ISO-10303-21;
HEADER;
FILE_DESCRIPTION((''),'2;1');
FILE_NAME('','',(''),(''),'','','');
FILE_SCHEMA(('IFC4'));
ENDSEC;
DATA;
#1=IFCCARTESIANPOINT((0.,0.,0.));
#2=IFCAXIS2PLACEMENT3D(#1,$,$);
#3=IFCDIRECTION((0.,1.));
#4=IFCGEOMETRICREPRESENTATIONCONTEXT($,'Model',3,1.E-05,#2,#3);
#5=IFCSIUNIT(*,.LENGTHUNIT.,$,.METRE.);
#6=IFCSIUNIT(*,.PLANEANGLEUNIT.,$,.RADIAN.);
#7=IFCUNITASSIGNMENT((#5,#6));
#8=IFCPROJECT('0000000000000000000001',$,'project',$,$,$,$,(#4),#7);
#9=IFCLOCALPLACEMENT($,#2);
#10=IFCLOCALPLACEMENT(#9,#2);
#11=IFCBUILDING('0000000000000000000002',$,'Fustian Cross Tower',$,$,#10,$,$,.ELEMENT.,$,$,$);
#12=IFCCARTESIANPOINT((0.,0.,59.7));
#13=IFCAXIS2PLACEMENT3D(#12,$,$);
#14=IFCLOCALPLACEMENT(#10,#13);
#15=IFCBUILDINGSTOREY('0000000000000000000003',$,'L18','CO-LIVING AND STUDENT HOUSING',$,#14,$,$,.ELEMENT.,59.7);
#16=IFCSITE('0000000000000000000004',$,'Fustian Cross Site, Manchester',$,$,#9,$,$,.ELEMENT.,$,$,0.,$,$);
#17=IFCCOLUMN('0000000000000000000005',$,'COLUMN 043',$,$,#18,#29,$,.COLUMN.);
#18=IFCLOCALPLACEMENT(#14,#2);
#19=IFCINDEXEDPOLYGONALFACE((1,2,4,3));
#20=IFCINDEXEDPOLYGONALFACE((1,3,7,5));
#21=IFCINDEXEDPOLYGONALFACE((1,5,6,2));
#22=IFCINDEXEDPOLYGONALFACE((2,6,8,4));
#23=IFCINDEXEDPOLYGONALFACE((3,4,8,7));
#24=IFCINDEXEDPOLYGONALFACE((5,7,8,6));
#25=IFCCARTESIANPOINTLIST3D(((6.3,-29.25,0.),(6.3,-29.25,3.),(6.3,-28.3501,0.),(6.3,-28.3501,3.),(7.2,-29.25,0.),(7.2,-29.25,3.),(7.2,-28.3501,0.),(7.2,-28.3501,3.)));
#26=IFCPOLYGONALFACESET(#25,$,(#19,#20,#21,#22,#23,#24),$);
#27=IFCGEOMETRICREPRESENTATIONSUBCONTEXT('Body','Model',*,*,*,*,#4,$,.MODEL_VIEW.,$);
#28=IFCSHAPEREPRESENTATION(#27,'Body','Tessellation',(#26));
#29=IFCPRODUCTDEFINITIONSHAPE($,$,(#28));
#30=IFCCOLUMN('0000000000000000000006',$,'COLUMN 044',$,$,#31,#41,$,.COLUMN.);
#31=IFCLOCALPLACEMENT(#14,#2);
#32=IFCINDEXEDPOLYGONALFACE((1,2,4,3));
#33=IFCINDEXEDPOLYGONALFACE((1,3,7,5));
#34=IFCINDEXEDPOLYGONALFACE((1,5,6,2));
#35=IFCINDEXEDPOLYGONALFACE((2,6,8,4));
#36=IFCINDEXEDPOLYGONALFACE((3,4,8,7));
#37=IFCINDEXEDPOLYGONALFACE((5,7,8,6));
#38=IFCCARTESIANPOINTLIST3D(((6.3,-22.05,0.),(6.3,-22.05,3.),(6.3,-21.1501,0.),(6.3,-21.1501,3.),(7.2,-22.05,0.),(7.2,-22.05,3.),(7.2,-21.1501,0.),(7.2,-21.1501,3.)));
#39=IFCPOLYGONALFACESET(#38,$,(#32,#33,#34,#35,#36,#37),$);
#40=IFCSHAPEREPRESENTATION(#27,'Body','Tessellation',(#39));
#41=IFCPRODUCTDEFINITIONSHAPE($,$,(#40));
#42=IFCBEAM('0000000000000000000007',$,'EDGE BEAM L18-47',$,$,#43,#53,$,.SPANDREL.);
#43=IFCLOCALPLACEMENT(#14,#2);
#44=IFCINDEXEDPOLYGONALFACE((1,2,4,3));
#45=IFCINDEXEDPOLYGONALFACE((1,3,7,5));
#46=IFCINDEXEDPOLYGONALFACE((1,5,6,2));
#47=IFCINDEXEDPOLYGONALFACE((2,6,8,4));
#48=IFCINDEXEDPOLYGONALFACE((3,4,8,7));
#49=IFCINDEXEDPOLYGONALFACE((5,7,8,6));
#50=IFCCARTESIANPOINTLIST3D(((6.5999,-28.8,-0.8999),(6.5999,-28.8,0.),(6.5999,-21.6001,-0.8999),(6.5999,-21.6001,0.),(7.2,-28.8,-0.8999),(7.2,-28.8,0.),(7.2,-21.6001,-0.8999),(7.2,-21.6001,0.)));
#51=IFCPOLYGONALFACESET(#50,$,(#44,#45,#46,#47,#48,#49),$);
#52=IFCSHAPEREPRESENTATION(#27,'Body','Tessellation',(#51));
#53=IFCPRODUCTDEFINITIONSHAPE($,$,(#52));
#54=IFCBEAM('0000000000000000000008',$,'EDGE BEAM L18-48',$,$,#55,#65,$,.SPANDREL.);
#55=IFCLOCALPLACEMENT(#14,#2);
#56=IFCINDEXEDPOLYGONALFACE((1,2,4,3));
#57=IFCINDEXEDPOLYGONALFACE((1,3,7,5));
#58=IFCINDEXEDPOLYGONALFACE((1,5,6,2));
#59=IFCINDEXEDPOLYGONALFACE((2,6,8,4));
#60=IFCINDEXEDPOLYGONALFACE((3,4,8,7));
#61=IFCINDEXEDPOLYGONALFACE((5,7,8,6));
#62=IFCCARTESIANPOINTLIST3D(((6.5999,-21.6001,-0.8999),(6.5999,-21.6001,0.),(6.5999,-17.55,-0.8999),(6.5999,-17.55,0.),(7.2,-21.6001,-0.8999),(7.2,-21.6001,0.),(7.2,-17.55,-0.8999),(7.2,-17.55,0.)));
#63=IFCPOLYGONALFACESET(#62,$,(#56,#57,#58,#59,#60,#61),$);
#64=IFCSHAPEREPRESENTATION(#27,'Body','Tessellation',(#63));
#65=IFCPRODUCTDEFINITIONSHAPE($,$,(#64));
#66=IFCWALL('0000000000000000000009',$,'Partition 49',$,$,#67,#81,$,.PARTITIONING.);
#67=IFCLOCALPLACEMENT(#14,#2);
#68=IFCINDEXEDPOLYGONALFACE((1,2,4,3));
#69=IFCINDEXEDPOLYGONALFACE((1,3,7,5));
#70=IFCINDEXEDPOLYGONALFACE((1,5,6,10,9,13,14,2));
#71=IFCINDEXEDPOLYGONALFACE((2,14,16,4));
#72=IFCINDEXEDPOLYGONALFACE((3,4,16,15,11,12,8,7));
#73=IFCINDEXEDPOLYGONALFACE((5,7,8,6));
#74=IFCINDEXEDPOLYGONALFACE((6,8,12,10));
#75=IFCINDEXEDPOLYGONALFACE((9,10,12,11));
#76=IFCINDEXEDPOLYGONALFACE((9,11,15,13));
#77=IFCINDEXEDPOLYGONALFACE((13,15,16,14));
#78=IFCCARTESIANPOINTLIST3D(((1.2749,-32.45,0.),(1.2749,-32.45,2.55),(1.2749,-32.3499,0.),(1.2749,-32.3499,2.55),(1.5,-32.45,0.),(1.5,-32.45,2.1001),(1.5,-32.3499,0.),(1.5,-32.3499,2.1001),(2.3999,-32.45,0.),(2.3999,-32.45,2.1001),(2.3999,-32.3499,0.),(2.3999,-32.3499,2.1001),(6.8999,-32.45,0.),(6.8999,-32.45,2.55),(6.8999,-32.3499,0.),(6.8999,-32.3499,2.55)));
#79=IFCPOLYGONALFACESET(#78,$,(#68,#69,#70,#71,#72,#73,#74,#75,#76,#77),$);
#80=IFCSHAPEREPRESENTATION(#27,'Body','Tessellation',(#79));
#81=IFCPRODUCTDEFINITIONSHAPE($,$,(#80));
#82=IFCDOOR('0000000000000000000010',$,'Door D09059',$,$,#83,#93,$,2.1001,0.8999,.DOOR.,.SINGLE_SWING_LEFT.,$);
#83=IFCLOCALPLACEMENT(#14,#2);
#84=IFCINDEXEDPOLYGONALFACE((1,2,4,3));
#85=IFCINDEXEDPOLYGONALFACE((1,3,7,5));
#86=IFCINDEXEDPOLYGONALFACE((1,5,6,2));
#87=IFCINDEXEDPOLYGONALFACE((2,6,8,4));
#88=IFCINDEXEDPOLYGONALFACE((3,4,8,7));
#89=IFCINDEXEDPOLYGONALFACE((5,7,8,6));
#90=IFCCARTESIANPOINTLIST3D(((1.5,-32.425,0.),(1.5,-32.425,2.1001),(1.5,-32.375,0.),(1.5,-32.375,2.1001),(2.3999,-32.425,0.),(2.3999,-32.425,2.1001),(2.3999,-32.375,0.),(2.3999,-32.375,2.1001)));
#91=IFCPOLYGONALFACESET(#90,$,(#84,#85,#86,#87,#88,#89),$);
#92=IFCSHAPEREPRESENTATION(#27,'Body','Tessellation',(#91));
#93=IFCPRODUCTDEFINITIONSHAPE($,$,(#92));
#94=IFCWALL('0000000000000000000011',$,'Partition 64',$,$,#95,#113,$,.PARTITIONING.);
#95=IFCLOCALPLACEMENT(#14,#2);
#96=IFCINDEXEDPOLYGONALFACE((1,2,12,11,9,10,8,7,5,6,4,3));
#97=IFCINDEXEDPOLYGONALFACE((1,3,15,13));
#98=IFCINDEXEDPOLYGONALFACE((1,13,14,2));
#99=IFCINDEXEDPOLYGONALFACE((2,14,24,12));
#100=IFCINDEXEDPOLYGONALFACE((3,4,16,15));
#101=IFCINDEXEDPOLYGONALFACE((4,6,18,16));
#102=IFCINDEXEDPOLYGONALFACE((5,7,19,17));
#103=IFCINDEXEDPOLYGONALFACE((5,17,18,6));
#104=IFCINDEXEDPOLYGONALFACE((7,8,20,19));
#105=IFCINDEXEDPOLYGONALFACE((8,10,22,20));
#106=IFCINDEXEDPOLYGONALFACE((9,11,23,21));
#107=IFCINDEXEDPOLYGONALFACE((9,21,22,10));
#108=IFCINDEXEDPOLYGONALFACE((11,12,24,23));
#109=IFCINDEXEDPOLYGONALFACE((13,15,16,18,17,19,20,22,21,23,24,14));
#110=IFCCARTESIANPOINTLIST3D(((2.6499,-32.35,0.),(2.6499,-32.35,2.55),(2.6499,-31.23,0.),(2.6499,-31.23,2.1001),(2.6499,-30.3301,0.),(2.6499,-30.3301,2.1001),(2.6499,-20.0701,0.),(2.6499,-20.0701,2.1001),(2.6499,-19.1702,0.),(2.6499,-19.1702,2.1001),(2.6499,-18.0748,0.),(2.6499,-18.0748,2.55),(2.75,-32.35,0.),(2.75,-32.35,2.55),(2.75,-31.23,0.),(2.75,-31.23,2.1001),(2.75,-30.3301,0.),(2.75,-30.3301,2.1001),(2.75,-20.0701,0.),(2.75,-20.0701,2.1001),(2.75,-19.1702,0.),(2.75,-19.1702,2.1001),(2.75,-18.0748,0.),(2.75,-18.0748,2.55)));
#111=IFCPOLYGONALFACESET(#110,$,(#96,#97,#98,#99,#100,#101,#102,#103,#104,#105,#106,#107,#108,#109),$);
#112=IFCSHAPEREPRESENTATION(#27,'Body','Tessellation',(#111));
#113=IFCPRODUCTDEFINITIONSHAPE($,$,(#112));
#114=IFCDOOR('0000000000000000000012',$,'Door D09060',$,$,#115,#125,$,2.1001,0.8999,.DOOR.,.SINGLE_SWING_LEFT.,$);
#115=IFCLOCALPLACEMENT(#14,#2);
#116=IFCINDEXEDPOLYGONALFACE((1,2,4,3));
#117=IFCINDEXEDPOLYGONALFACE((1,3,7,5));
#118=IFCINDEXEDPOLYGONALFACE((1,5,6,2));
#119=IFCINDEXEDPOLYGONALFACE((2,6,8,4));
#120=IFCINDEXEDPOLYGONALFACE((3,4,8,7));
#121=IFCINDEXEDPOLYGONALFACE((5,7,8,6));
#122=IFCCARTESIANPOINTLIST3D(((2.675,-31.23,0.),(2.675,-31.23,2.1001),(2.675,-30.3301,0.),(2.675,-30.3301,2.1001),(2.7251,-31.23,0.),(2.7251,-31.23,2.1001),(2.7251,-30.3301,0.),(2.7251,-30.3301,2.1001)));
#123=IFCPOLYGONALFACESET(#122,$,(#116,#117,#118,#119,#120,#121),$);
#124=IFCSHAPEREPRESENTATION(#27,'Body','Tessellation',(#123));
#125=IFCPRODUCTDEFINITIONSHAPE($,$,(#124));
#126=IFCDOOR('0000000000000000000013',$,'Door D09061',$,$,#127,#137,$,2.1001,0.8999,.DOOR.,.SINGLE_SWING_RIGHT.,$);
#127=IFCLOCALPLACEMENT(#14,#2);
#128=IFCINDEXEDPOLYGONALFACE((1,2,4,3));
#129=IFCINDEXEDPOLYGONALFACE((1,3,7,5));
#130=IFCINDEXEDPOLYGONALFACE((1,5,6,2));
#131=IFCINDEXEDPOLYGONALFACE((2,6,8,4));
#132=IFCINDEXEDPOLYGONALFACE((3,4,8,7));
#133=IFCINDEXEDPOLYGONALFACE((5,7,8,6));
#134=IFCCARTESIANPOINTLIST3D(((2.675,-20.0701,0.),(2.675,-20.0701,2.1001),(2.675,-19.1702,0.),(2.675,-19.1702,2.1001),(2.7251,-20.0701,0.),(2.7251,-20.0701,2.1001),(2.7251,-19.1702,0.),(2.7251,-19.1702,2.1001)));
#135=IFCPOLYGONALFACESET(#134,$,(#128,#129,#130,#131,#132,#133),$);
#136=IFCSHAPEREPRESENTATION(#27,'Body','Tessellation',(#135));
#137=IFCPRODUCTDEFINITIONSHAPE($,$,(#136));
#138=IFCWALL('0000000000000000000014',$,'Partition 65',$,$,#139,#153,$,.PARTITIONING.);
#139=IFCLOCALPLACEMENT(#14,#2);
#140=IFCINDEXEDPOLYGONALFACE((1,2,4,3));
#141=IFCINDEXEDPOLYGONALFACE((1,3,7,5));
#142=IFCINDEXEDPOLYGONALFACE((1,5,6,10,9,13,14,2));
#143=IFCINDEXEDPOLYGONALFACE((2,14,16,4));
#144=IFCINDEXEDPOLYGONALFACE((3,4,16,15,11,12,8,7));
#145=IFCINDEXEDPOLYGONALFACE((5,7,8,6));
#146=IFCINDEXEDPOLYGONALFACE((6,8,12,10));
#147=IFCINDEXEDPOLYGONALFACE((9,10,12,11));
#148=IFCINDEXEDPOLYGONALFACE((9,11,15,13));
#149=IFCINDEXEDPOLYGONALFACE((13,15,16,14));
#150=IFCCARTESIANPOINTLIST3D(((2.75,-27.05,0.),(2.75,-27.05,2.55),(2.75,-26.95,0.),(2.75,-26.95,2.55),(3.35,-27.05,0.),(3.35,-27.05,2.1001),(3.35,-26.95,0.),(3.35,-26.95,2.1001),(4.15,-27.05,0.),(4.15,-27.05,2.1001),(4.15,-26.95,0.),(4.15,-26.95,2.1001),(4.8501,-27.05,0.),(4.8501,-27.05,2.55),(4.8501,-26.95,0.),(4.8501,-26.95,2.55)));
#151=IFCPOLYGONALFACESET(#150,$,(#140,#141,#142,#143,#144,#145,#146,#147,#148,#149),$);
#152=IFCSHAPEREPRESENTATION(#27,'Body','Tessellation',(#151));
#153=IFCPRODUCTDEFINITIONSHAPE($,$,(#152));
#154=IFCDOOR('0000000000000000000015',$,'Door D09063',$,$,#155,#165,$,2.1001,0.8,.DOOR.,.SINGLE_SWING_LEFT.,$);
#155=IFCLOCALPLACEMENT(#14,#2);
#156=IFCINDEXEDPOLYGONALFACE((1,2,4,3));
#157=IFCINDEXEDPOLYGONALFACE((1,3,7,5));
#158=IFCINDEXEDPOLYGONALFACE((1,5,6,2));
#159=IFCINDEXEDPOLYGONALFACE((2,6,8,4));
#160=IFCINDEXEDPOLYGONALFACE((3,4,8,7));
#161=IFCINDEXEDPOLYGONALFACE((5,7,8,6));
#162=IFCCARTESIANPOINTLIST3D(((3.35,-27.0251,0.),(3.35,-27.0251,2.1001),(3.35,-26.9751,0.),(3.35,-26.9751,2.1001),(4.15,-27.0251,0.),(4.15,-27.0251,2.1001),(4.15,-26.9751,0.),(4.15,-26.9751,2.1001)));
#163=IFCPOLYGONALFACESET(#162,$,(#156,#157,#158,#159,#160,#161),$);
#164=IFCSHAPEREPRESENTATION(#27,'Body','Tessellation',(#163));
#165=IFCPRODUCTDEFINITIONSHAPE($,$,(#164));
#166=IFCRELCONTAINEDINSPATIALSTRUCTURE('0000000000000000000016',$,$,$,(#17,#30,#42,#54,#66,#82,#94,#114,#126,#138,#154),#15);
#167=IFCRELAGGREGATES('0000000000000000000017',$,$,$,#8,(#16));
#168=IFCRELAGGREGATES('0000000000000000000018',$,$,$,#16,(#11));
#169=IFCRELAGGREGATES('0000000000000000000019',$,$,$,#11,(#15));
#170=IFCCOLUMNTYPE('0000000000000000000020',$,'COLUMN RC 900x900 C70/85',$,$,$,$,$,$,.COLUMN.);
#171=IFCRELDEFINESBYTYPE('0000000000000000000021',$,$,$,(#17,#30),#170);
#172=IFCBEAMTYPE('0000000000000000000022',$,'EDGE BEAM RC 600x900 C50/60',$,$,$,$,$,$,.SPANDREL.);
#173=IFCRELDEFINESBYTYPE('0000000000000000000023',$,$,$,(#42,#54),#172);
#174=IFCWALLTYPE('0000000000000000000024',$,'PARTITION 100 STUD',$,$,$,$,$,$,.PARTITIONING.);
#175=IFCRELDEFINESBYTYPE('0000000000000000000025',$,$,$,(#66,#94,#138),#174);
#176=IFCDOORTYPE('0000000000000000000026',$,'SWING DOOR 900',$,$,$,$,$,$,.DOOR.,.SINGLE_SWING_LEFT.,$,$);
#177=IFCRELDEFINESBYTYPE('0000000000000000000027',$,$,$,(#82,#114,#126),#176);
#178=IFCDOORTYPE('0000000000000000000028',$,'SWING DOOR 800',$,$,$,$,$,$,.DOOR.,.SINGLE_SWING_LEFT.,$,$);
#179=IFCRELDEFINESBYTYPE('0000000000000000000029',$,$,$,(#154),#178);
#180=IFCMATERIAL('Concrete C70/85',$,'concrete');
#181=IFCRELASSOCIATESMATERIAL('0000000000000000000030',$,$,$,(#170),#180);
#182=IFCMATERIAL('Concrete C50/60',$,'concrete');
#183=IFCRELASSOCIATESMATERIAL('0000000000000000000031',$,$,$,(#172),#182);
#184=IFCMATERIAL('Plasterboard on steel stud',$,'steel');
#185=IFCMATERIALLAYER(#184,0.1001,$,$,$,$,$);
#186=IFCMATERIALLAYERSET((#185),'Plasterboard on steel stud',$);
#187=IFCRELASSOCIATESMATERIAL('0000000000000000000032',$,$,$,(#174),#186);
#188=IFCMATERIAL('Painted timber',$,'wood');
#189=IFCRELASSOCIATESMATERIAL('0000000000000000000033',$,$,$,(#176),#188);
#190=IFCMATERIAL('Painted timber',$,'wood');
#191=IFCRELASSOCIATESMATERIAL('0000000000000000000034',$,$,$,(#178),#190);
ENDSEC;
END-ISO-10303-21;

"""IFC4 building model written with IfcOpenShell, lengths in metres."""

from ifc_helpers import new_model, si_unit, direction, frame, frame_2d, origin, origin_2d, place, context, subcontext, project, spatial, rectangle, extrude, material, layer, layer_set, material_profile, profile_set, type_object, element, fill, save


model = new_model("IFC4")

# Units and contexts
model_context = context("Model", 3, precision=1e-05, world=origin(), true_north=direction((0.0, 1.0)))
body_context = subcontext(model_context, "Body", "Model", "MODEL_VIEW")
ifc_project = project(units=[si_unit("LENGTHUNIT", "METRE"), si_unit("PLANEANGLEUNIT", "RADIAN")], contexts=[model_context])

# Site, building, storey
site_placement = place(None, origin())
site = spatial("IfcSite", under=ifc_project, at=site_placement, Name="Fustian Cross Site, Manchester", CompositionType="ELEMENT", RefElevation=0.0)
building_placement = place(site_placement, origin())
building = spatial("IfcBuilding", under=site, at=building_placement, Name="Fustian Cross Tower", CompositionType="ELEMENT")
storey_placement = place(building_placement, frame((0.0, 0.0, 59.7)))
storey = spatial("IfcBuildingStorey", under=building, at=storey_placement, Name="L18", Description="CO-LIVING AND STUDENT HOUSING", CompositionType="ELEMENT", Elevation=59.7)

# Columns
ifc_material_1 = material(Name="Concrete C70/85", Category="concrete")
ifc_material_profile_1 = material_profile(ifc_material_1, rectangle(XDim=0.8999, YDim=0.8999, at=origin_2d()), Name="RC 900x900")
ifc_profile_set_1 = profile_set([ifc_material_profile_1], Name="Concrete C70/85")
column_type = type_object("IfcColumnType", Name="COLUMN RC 900x900 C70/85", PredefinedType="COLUMN", material=ifc_profile_set_1)
for number, where, z_axis, x_axis, name in (
    (1, (6.75, -28.8, 0.0), (0.0, 0.0, 1.0), (1.0, 0.0, 0.0), "COLUMN 043"),
    (2, (6.75, -21.6001, 0.0), (0.0, 0.0, 1.0), (1.0, 0.0, 0.0), "COLUMN 044"),
):
    element("IfcColumn", number, at=place(storey_placement, frame(where, z_axis=z_axis, x_axis=x_axis)), inside=storey, type_object=column_type, Name=name, PredefinedType="COLUMN", context=body_context, shape_type="SweptSolid", body=[
        extrude(rectangle(XDim=0.8999, YDim=0.8999, at=origin_2d()), origin(), (0.0, 0.0, 1.0), 3.0),
    ])

# Beams
ifc_material_2 = material(Name="Concrete C50/60", Category="concrete")
ifc_material_profile_2 = material_profile(ifc_material_2, rectangle(XDim=0.6001, YDim=0.8999, at=origin_2d()), Name="RC 600x900")
ifc_profile_set_2 = profile_set([ifc_material_profile_2], Name="Concrete C50/60")
beam_type = type_object("IfcBeamType", Name="EDGE BEAM RC 600x900 C50/60", PredefinedType="SPANDREL", material=ifc_profile_set_2)
beam_1_placement = place(storey_placement, frame((6.8999, -28.8, -0.45), z_axis=(0.0, 1.0, 0.0), x_axis=(-1.0, 0.0, 0.0)))
element("IfcBeam", 3, at=beam_1_placement, inside=storey, type_object=beam_type, Name="EDGE BEAM L18-47", PredefinedType="SPANDREL", context=body_context, shape_type="SweptSolid", body=[
    extrude(rectangle(XDim=0.6001, YDim=0.8999, at=origin_2d()), origin(), (0.0, 0.0, 1.0), 7.2),
])
beam_2_placement = place(storey_placement, frame((6.8999, -21.6001, -0.45), z_axis=(0.0, 1.0, 0.0), x_axis=(-1.0, 0.0, 0.0)))
element("IfcBeam", 4, at=beam_2_placement, inside=storey, type_object=beam_type, Name="EDGE BEAM L18-48", PredefinedType="SPANDREL", context=body_context, shape_type="SweptSolid", body=[
    extrude(rectangle(XDim=0.6001, YDim=0.8999, at=origin_2d()), origin(), (0.0, 0.0, 1.0), 4.05),
])

# Wall, opening, door
ifc_material_3 = material(Name="Plasterboard on steel stud", Category="steel")
ifc_layer = layer(ifc_material_3, 0.1001)
ifc_layer_set = layer_set([ifc_layer], Name="Plasterboard on steel stud")
wall_type = type_object("IfcWallType", Name="PARTITION 100 STUD", PredefinedType="PARTITIONING", material=ifc_layer_set)
wall_1_placement = place(storey_placement, frame((1.2749, -32.3999, 0.0), z_axis=(0.0, 0.0, 1.0), x_axis=(1.0, 0.0, 0.0)))
wall_1 = element("IfcWall", 5, at=wall_1_placement, inside=storey, type_object=wall_type, Name="Partition 49", PredefinedType="PARTITIONING", context=body_context, shape_type="SweptSolid", body=[
    extrude(rectangle(XDim=5.625, YDim=0.1001, at=frame_2d((2.8125, 0.0))), origin(), (0.0, 0.0, 1.0), 2.55),
])
opening_1_placement = place(wall_1_placement, frame((0.2251, 0.0, 0.0)))
opening_1 = element("IfcOpeningElement", 6, at=opening_1_placement, cuts=wall_1, PredefinedType="OPENING", context=body_context, shape_type="SweptSolid", body=[
    extrude(rectangle(XDim=0.8999, YDim=2.1001, at=frame_2d((0.45, 1.05))), frame((0.0, 0.0601, 0.0), z_axis=(0.0, -1.0, 0.0), x_axis=(1.0, 0.0, 0.0)), (0.0, 0.0, 1.0), 0.1201),
])
ifc_material_4 = material(Name="Painted timber", Category="wood")
door_type_1 = type_object("IfcDoorType", Name="SWING DOOR 900", OperationType="SINGLE_SWING_LEFT", PredefinedType="DOOR", material=ifc_material_4)
door_1_placement = place(opening_1_placement, origin())
door_1 = element("IfcDoor", 7, at=door_1_placement, inside=storey, type_object=door_type_1, Name="Door D09059", OperationType="SINGLE_SWING_LEFT", OverallHeight=2.1001, OverallWidth=0.8999, PredefinedType="DOOR", context=body_context, shape_type="SweptSolid", body=[
    extrude(rectangle(XDim=0.8999, YDim=2.1001, at=frame_2d((0.45, 1.05))), frame((0.0, 0.0249, 0.0), z_axis=(0.0, -1.0, 0.0), x_axis=(1.0, 0.0, 0.0)), (0.0, 0.0, 1.0), 0.05),
])
fill(opening_1, door_1)

# Wall, openings, doors
wall_2_placement = place(storey_placement, frame((2.7, -32.3501, 0.0), z_axis=(0.0, 0.0, 1.0), x_axis=(0.0, 1.0, 0.0)))
wall_2 = element("IfcWall", 8, at=wall_2_placement, inside=storey, type_object=wall_type, Name="Partition 64", PredefinedType="PARTITIONING", context=body_context, shape_type="SweptSolid", body=[
    extrude(rectangle(XDim=14.2751, YDim=0.1001, at=frame_2d((7.1377, 0.0))), origin(), (0.0, 0.0, 1.0), 2.55),
])
opening_2_placement = place(wall_2_placement, frame((1.1201, 0.0, 0.0)))
opening_2 = element("IfcOpeningElement", 9, at=opening_2_placement, cuts=wall_2, PredefinedType="OPENING", context=body_context, shape_type="SweptSolid", body=[
    extrude(rectangle(XDim=0.8999, YDim=2.1001, at=frame_2d((0.45, 1.05))), frame((0.0, 0.0601, 0.0), z_axis=(0.0, -1.0, 0.0), x_axis=(1.0, 0.0, 0.0)), (0.0, 0.0, 1.0), 0.1201),
])
opening_3_placement = place(wall_2_placement, frame((12.28, 0.0, 0.0)))
opening_3 = element("IfcOpeningElement", 10, at=opening_3_placement, cuts=wall_2, PredefinedType="OPENING", context=body_context, shape_type="SweptSolid", body=[
    extrude(rectangle(XDim=0.8999, YDim=2.1001, at=frame_2d((0.45, 1.05))), frame((0.0, 0.0601, 0.0), z_axis=(0.0, -1.0, 0.0), x_axis=(1.0, 0.0, 0.0)), (0.0, 0.0, 1.0), 0.1201),
])
door_2_placement = place(opening_2_placement, origin())
door_2 = element("IfcDoor", 11, at=door_2_placement, inside=storey, type_object=door_type_1, Name="Door D09060", OperationType="SINGLE_SWING_LEFT", OverallHeight=2.1001, OverallWidth=0.8999, PredefinedType="DOOR", context=body_context, shape_type="SweptSolid", body=[
    extrude(rectangle(XDim=0.8999, YDim=2.1001, at=frame_2d((0.45, 1.05))), frame((0.0, 0.0249, 0.0), z_axis=(0.0, -1.0, 0.0), x_axis=(1.0, 0.0, 0.0)), (0.0, 0.0, 1.0), 0.05),
])
fill(opening_2, door_2)
door_3_placement = place(opening_3_placement, origin())
door_3 = element("IfcDoor", 12, at=door_3_placement, inside=storey, type_object=door_type_1, Name="Door D09061", OperationType="SINGLE_SWING_RIGHT", OverallHeight=2.1001, OverallWidth=0.8999, PredefinedType="DOOR", context=body_context, shape_type="SweptSolid", body=[
    extrude(rectangle(XDim=0.8999, YDim=2.1001, at=frame_2d((0.45, 1.05))), frame((0.0, 0.0249, 0.0), z_axis=(0.0, -1.0, 0.0), x_axis=(1.0, 0.0, 0.0)), (0.0, 0.0, 1.0), 0.05),
])
fill(opening_3, door_3)

# Wall, opening, door
wall_3_placement = place(storey_placement, frame((2.75, -27.0, 0.0), z_axis=(0.0, 0.0, 1.0), x_axis=(1.0, 0.0, 0.0)))
wall_3 = element("IfcWall", 13, at=wall_3_placement, inside=storey, type_object=wall_type, Name="Partition 65", PredefinedType="PARTITIONING", context=body_context, shape_type="SweptSolid", body=[
    extrude(rectangle(XDim=2.1001, YDim=0.1001, at=frame_2d((1.05, 0.0))), origin(), (0.0, 0.0, 1.0), 2.55),
])
opening_4_placement = place(wall_3_placement, frame((0.6001, 0.0, 0.0)))
opening_4 = element("IfcOpeningElement", 14, at=opening_4_placement, cuts=wall_3, PredefinedType="OPENING", context=body_context, shape_type="SweptSolid", body=[
    extrude(rectangle(XDim=0.8, YDim=2.1001, at=frame_2d((0.3999, 1.05))), frame((0.0, 0.0601, 0.0), z_axis=(0.0, -1.0, 0.0), x_axis=(1.0, 0.0, 0.0)), (0.0, 0.0, 1.0), 0.1201),
])
ifc_material_5 = material(Name="Painted timber", Category="wood")
door_type_2 = type_object("IfcDoorType", Name="SWING DOOR 800", OperationType="SINGLE_SWING_LEFT", PredefinedType="DOOR", material=ifc_material_5)
door_4_placement = place(opening_4_placement, origin())
door_4 = element("IfcDoor", 15, at=door_4_placement, inside=storey, type_object=door_type_2, Name="Door D09063", OperationType="SINGLE_SWING_LEFT", OverallHeight=2.1001, OverallWidth=0.8, PredefinedType="DOOR", context=body_context, shape_type="SweptSolid", body=[
    extrude(rectangle(XDim=0.8, YDim=2.1001, at=frame_2d((0.3999, 1.05))), frame((0.0, 0.0249, 0.0), z_axis=(0.0, -1.0, 0.0), x_axis=(1.0, 0.0, 0.0)), (0.0, 0.0, 1.0), 0.05),
])
fill(opening_4, door_4)

save(model, "model.ifc")
